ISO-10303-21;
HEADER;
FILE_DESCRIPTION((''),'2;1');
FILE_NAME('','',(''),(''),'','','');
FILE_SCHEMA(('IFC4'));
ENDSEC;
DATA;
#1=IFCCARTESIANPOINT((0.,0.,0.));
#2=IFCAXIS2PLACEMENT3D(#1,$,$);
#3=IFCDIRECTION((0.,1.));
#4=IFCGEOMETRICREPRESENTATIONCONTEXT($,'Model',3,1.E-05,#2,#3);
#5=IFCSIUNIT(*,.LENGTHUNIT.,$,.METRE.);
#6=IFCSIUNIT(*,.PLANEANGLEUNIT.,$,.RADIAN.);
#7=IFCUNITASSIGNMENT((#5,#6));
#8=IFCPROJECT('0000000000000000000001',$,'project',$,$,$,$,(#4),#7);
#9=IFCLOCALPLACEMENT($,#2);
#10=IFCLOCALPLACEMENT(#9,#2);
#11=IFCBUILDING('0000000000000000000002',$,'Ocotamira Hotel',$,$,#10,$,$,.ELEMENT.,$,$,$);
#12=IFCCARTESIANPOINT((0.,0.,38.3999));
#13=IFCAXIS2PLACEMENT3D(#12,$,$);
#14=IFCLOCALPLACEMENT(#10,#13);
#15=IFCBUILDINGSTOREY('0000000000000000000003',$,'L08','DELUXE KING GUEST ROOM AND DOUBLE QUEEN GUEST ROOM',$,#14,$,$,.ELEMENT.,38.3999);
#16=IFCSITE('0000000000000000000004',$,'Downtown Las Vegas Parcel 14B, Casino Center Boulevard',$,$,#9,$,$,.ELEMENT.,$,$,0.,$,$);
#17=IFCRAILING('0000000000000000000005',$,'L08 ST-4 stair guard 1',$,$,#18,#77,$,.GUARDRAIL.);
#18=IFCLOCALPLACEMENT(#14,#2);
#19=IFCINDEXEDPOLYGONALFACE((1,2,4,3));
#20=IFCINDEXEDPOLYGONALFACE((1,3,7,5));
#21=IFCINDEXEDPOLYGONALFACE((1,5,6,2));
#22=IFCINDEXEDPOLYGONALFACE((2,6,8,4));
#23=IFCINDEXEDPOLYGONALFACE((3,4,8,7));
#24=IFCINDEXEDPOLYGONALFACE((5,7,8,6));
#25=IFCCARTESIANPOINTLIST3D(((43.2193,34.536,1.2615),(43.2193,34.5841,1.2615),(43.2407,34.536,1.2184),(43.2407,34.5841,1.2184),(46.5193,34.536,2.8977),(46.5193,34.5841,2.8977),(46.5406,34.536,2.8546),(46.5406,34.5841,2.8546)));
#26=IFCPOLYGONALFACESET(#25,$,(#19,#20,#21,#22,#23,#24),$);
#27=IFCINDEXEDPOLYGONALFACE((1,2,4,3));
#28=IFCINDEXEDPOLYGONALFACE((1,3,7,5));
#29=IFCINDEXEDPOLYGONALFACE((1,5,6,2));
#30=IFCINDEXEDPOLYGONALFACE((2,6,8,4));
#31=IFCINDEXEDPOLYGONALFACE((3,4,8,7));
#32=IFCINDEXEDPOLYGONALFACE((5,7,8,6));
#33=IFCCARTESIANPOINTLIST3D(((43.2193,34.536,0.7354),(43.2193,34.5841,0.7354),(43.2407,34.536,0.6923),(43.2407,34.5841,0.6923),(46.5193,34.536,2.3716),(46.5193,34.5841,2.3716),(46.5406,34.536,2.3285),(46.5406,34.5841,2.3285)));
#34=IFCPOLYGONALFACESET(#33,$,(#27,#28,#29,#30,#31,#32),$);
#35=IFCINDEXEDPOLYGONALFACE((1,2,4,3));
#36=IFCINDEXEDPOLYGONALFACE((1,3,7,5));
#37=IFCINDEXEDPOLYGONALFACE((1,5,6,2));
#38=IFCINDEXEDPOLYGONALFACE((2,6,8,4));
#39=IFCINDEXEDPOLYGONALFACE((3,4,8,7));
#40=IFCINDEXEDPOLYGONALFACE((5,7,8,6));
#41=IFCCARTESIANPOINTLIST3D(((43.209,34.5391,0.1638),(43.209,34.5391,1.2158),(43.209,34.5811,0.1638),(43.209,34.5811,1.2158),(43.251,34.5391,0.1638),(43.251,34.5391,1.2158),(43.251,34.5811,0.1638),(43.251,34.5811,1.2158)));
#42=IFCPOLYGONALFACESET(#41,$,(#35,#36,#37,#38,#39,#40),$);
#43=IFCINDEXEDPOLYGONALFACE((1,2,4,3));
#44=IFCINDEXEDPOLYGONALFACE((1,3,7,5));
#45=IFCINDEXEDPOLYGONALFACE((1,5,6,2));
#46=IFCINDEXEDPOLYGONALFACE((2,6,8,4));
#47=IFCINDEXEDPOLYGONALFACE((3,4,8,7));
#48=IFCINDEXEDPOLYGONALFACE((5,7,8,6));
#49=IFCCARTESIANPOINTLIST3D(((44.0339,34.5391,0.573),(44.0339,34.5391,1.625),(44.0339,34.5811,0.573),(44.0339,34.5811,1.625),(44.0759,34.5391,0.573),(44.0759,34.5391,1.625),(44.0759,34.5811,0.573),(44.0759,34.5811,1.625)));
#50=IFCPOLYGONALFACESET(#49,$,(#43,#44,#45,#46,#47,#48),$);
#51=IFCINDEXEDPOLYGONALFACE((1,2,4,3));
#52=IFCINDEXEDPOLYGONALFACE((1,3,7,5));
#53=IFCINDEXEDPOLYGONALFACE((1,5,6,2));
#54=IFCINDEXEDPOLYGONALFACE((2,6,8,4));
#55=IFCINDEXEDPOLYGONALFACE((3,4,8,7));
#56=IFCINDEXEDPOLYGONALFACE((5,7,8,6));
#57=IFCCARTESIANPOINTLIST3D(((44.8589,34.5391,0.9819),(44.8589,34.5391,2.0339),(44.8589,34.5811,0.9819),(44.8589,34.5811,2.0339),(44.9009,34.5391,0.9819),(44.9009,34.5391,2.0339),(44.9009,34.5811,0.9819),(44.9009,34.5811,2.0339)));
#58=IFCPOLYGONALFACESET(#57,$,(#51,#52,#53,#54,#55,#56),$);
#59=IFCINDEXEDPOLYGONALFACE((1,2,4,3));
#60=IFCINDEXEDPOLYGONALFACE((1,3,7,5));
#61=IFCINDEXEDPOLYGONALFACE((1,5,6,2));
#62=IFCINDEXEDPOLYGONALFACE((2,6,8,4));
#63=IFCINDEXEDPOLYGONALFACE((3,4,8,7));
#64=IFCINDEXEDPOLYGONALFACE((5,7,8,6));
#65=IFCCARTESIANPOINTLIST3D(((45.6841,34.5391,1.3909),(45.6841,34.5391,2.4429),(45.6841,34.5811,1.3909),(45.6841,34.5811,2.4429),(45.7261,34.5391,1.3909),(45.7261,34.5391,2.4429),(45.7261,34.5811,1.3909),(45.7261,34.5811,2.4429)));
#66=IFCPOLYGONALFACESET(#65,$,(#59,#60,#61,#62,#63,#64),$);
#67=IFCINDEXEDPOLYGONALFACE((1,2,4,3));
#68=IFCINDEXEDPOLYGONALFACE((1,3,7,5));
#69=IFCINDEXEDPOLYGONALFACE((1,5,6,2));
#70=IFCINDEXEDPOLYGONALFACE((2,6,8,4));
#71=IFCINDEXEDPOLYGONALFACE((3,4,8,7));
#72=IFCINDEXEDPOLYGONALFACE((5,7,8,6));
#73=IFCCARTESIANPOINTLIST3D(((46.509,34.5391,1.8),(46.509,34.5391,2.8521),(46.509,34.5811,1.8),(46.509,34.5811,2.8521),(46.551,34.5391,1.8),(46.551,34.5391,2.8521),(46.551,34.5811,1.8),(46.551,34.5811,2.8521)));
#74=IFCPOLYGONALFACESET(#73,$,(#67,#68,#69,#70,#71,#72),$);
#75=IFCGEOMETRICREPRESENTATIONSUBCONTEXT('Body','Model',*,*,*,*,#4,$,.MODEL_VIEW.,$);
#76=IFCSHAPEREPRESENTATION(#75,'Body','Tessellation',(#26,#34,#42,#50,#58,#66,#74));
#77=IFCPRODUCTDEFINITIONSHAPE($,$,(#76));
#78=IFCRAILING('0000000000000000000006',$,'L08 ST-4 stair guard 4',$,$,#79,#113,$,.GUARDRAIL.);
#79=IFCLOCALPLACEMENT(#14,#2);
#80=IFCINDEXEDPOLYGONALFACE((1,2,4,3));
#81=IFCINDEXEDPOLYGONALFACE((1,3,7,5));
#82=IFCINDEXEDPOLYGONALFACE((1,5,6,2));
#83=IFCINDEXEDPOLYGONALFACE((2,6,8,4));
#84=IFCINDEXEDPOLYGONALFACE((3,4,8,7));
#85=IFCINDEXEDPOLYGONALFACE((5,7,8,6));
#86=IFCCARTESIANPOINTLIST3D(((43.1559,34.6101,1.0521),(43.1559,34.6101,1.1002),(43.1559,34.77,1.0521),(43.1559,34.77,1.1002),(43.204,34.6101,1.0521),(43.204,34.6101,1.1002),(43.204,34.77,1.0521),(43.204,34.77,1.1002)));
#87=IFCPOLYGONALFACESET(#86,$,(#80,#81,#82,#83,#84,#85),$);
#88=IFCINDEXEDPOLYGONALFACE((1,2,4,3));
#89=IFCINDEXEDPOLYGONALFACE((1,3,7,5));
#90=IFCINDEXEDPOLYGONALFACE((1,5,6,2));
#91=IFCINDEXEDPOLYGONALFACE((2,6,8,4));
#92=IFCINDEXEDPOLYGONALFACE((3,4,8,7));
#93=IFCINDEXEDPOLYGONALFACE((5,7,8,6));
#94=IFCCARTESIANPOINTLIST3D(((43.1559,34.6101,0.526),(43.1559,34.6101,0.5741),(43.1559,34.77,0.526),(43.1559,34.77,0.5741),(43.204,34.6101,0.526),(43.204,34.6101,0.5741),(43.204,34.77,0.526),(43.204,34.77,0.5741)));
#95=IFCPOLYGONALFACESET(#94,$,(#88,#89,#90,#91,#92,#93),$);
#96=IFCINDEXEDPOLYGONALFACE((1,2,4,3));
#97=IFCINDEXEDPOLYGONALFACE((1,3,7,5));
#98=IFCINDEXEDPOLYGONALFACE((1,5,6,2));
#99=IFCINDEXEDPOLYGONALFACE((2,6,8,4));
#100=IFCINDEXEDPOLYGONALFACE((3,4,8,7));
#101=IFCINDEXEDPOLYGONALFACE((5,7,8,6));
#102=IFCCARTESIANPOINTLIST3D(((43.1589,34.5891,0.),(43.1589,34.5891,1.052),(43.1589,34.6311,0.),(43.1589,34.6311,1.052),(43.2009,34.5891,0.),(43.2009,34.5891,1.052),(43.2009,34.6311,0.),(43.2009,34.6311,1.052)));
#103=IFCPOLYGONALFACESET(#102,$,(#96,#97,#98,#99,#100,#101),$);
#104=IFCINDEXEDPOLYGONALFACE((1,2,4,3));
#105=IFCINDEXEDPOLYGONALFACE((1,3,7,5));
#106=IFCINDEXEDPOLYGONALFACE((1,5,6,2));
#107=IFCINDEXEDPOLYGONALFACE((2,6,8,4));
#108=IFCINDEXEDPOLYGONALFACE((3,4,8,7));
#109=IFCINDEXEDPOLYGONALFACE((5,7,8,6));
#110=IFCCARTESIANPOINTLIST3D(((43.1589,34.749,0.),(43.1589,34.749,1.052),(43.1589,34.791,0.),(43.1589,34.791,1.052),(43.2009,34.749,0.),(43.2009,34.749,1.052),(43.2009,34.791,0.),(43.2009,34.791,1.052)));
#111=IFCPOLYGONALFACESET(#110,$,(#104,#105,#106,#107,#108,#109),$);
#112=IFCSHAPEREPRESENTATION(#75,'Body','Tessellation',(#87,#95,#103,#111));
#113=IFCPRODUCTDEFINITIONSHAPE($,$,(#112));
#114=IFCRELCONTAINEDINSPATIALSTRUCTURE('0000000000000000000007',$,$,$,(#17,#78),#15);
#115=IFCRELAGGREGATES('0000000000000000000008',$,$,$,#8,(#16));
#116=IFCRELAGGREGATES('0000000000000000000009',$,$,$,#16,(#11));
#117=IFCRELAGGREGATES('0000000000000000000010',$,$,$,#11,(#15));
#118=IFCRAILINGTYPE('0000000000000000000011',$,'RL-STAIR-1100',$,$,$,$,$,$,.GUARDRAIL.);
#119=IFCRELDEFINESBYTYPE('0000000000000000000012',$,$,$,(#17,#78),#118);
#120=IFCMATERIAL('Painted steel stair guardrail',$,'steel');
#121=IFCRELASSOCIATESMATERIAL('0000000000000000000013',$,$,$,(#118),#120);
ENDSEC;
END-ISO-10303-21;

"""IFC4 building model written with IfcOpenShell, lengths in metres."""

from ifc_helpers import new_model, si_unit, direction, frame, origin, origin_2d, place, context, subcontext, project, spatial, rectangle, extrude, material, type_object, element, save


model = new_model("IFC4")

# Units and contexts
model_context = context("Model", 3, precision=1e-05, world=origin(), true_north=direction((0.0, 1.0)))
body_context = subcontext(model_context, "Body", "Model", "MODEL_VIEW")
ifc_project = project(units=[si_unit("LENGTHUNIT", "METRE"), si_unit("PLANEANGLEUNIT", "RADIAN")], contexts=[model_context])

# Site, building, storey
site_placement = place(None, origin())
site = spatial("IfcSite", under=ifc_project, at=site_placement, Name="Downtown Las Vegas Parcel 14B, Casino Center Boulevard", CompositionType="ELEMENT", RefElevation=0.0)
building_placement = place(site_placement, origin())
building = spatial("IfcBuilding", under=site, at=building_placement, Name="Ocotamira Hotel", CompositionType="ELEMENT")
storey_placement = place(building_placement, frame((0.0, 0.0, 38.3999)))
storey = spatial("IfcBuildingStorey", under=building, at=storey_placement, Name="L08", Description="DELUXE KING GUEST ROOM AND DOUBLE QUEEN GUEST ROOM", CompositionType="ELEMENT", Elevation=38.3999)

# Railings
ifc_material_1 = material(Name="Painted steel stair guardrail", Category="steel")
railing_type_1 = type_object("IfcRailingType", Name="RL-STAIR-1100", PredefinedType="GUARDRAIL", material=ifc_material_1)
railing_1_placement = place(storey_placement, frame((43.23, 34.5601, 0.1638)))
element("IfcRailing", 1, at=railing_1_placement, inside=storey, type_object=railing_type_1, Name="L08 ST-4 stair guard 1", PredefinedType="GUARDRAIL", context=body_context, shape_type="SweptSolid", body=[
    extrude(rectangle(XDim=0.0481, YDim=0.0481, at=origin_2d()), frame((0.0, 0.0, 1.0762), z_axis=(0.89592, 0.0, 0.444215), x_axis=(0.0, 1.0, 0.0)), (0.0, 0.0, 1.0), 3.6833),
    extrude(rectangle(XDim=0.0481, YDim=0.0481, at=origin_2d()), frame((0.0, 0.0, 0.55), z_axis=(0.89592, 0.0, 0.444215), x_axis=(0.0, 1.0, 0.0)), (0.0, 0.0, 1.0), 3.6833),
    extrude(rectangle(XDim=0.042, YDim=0.042, at=origin_2d()), origin(), (0.0, 0.0, 1.0), 1.052),
    extrude(rectangle(XDim=0.042, YDim=0.042, at=origin_2d()), frame((0.825, 0.0, 0.4092)), (0.0, 0.0, 1.0), 1.052),
    extrude(rectangle(XDim=0.042, YDim=0.042, at=origin_2d()), frame((1.6499, 0.0, 0.8181)), (0.0, 0.0, 1.0), 1.052),
    extrude(rectangle(XDim=0.042, YDim=0.042, at=origin_2d()), frame((2.4751, 0.0, 1.2271)), (0.0, 0.0, 1.0), 1.052),
    extrude(rectangle(XDim=0.042, YDim=0.042, at=origin_2d()), frame((3.3, 0.0, 1.6362)), (0.0, 0.0, 1.0), 1.052),
])
railing_2_placement = place(storey_placement, frame((43.1799, 34.6101, 0.0)))
element("IfcRailing", 2, at=railing_2_placement, inside=storey, type_object=railing_type_1, Name="L08 ST-4 stair guard 4", PredefinedType="GUARDRAIL", context=body_context, shape_type="SweptSolid", body=[
    extrude(rectangle(XDim=0.0481, YDim=0.0481, at=origin_2d()), frame((0.0, 0.0, 1.0762), z_axis=(0.0, 1.0, 0.0), x_axis=(-1.0, 0.0, 0.0)), (0.0, 0.0, 1.0), 0.1599),
    extrude(rectangle(XDim=0.0481, YDim=0.0481, at=origin_2d()), frame((0.0, 0.0, 0.55), z_axis=(0.0, 1.0, 0.0), x_axis=(-1.0, 0.0, 0.0)), (0.0, 0.0, 1.0), 0.1599),
    extrude(rectangle(XDim=0.042, YDim=0.042, at=origin_2d()), origin(), (0.0, 0.0, 1.0), 1.052),
    extrude(rectangle(XDim=0.042, YDim=0.042, at=origin_2d()), frame((0.0, 0.1599, 0.0)), (0.0, 0.0, 1.0), 1.052),
])

save(model, "model.ifc")
